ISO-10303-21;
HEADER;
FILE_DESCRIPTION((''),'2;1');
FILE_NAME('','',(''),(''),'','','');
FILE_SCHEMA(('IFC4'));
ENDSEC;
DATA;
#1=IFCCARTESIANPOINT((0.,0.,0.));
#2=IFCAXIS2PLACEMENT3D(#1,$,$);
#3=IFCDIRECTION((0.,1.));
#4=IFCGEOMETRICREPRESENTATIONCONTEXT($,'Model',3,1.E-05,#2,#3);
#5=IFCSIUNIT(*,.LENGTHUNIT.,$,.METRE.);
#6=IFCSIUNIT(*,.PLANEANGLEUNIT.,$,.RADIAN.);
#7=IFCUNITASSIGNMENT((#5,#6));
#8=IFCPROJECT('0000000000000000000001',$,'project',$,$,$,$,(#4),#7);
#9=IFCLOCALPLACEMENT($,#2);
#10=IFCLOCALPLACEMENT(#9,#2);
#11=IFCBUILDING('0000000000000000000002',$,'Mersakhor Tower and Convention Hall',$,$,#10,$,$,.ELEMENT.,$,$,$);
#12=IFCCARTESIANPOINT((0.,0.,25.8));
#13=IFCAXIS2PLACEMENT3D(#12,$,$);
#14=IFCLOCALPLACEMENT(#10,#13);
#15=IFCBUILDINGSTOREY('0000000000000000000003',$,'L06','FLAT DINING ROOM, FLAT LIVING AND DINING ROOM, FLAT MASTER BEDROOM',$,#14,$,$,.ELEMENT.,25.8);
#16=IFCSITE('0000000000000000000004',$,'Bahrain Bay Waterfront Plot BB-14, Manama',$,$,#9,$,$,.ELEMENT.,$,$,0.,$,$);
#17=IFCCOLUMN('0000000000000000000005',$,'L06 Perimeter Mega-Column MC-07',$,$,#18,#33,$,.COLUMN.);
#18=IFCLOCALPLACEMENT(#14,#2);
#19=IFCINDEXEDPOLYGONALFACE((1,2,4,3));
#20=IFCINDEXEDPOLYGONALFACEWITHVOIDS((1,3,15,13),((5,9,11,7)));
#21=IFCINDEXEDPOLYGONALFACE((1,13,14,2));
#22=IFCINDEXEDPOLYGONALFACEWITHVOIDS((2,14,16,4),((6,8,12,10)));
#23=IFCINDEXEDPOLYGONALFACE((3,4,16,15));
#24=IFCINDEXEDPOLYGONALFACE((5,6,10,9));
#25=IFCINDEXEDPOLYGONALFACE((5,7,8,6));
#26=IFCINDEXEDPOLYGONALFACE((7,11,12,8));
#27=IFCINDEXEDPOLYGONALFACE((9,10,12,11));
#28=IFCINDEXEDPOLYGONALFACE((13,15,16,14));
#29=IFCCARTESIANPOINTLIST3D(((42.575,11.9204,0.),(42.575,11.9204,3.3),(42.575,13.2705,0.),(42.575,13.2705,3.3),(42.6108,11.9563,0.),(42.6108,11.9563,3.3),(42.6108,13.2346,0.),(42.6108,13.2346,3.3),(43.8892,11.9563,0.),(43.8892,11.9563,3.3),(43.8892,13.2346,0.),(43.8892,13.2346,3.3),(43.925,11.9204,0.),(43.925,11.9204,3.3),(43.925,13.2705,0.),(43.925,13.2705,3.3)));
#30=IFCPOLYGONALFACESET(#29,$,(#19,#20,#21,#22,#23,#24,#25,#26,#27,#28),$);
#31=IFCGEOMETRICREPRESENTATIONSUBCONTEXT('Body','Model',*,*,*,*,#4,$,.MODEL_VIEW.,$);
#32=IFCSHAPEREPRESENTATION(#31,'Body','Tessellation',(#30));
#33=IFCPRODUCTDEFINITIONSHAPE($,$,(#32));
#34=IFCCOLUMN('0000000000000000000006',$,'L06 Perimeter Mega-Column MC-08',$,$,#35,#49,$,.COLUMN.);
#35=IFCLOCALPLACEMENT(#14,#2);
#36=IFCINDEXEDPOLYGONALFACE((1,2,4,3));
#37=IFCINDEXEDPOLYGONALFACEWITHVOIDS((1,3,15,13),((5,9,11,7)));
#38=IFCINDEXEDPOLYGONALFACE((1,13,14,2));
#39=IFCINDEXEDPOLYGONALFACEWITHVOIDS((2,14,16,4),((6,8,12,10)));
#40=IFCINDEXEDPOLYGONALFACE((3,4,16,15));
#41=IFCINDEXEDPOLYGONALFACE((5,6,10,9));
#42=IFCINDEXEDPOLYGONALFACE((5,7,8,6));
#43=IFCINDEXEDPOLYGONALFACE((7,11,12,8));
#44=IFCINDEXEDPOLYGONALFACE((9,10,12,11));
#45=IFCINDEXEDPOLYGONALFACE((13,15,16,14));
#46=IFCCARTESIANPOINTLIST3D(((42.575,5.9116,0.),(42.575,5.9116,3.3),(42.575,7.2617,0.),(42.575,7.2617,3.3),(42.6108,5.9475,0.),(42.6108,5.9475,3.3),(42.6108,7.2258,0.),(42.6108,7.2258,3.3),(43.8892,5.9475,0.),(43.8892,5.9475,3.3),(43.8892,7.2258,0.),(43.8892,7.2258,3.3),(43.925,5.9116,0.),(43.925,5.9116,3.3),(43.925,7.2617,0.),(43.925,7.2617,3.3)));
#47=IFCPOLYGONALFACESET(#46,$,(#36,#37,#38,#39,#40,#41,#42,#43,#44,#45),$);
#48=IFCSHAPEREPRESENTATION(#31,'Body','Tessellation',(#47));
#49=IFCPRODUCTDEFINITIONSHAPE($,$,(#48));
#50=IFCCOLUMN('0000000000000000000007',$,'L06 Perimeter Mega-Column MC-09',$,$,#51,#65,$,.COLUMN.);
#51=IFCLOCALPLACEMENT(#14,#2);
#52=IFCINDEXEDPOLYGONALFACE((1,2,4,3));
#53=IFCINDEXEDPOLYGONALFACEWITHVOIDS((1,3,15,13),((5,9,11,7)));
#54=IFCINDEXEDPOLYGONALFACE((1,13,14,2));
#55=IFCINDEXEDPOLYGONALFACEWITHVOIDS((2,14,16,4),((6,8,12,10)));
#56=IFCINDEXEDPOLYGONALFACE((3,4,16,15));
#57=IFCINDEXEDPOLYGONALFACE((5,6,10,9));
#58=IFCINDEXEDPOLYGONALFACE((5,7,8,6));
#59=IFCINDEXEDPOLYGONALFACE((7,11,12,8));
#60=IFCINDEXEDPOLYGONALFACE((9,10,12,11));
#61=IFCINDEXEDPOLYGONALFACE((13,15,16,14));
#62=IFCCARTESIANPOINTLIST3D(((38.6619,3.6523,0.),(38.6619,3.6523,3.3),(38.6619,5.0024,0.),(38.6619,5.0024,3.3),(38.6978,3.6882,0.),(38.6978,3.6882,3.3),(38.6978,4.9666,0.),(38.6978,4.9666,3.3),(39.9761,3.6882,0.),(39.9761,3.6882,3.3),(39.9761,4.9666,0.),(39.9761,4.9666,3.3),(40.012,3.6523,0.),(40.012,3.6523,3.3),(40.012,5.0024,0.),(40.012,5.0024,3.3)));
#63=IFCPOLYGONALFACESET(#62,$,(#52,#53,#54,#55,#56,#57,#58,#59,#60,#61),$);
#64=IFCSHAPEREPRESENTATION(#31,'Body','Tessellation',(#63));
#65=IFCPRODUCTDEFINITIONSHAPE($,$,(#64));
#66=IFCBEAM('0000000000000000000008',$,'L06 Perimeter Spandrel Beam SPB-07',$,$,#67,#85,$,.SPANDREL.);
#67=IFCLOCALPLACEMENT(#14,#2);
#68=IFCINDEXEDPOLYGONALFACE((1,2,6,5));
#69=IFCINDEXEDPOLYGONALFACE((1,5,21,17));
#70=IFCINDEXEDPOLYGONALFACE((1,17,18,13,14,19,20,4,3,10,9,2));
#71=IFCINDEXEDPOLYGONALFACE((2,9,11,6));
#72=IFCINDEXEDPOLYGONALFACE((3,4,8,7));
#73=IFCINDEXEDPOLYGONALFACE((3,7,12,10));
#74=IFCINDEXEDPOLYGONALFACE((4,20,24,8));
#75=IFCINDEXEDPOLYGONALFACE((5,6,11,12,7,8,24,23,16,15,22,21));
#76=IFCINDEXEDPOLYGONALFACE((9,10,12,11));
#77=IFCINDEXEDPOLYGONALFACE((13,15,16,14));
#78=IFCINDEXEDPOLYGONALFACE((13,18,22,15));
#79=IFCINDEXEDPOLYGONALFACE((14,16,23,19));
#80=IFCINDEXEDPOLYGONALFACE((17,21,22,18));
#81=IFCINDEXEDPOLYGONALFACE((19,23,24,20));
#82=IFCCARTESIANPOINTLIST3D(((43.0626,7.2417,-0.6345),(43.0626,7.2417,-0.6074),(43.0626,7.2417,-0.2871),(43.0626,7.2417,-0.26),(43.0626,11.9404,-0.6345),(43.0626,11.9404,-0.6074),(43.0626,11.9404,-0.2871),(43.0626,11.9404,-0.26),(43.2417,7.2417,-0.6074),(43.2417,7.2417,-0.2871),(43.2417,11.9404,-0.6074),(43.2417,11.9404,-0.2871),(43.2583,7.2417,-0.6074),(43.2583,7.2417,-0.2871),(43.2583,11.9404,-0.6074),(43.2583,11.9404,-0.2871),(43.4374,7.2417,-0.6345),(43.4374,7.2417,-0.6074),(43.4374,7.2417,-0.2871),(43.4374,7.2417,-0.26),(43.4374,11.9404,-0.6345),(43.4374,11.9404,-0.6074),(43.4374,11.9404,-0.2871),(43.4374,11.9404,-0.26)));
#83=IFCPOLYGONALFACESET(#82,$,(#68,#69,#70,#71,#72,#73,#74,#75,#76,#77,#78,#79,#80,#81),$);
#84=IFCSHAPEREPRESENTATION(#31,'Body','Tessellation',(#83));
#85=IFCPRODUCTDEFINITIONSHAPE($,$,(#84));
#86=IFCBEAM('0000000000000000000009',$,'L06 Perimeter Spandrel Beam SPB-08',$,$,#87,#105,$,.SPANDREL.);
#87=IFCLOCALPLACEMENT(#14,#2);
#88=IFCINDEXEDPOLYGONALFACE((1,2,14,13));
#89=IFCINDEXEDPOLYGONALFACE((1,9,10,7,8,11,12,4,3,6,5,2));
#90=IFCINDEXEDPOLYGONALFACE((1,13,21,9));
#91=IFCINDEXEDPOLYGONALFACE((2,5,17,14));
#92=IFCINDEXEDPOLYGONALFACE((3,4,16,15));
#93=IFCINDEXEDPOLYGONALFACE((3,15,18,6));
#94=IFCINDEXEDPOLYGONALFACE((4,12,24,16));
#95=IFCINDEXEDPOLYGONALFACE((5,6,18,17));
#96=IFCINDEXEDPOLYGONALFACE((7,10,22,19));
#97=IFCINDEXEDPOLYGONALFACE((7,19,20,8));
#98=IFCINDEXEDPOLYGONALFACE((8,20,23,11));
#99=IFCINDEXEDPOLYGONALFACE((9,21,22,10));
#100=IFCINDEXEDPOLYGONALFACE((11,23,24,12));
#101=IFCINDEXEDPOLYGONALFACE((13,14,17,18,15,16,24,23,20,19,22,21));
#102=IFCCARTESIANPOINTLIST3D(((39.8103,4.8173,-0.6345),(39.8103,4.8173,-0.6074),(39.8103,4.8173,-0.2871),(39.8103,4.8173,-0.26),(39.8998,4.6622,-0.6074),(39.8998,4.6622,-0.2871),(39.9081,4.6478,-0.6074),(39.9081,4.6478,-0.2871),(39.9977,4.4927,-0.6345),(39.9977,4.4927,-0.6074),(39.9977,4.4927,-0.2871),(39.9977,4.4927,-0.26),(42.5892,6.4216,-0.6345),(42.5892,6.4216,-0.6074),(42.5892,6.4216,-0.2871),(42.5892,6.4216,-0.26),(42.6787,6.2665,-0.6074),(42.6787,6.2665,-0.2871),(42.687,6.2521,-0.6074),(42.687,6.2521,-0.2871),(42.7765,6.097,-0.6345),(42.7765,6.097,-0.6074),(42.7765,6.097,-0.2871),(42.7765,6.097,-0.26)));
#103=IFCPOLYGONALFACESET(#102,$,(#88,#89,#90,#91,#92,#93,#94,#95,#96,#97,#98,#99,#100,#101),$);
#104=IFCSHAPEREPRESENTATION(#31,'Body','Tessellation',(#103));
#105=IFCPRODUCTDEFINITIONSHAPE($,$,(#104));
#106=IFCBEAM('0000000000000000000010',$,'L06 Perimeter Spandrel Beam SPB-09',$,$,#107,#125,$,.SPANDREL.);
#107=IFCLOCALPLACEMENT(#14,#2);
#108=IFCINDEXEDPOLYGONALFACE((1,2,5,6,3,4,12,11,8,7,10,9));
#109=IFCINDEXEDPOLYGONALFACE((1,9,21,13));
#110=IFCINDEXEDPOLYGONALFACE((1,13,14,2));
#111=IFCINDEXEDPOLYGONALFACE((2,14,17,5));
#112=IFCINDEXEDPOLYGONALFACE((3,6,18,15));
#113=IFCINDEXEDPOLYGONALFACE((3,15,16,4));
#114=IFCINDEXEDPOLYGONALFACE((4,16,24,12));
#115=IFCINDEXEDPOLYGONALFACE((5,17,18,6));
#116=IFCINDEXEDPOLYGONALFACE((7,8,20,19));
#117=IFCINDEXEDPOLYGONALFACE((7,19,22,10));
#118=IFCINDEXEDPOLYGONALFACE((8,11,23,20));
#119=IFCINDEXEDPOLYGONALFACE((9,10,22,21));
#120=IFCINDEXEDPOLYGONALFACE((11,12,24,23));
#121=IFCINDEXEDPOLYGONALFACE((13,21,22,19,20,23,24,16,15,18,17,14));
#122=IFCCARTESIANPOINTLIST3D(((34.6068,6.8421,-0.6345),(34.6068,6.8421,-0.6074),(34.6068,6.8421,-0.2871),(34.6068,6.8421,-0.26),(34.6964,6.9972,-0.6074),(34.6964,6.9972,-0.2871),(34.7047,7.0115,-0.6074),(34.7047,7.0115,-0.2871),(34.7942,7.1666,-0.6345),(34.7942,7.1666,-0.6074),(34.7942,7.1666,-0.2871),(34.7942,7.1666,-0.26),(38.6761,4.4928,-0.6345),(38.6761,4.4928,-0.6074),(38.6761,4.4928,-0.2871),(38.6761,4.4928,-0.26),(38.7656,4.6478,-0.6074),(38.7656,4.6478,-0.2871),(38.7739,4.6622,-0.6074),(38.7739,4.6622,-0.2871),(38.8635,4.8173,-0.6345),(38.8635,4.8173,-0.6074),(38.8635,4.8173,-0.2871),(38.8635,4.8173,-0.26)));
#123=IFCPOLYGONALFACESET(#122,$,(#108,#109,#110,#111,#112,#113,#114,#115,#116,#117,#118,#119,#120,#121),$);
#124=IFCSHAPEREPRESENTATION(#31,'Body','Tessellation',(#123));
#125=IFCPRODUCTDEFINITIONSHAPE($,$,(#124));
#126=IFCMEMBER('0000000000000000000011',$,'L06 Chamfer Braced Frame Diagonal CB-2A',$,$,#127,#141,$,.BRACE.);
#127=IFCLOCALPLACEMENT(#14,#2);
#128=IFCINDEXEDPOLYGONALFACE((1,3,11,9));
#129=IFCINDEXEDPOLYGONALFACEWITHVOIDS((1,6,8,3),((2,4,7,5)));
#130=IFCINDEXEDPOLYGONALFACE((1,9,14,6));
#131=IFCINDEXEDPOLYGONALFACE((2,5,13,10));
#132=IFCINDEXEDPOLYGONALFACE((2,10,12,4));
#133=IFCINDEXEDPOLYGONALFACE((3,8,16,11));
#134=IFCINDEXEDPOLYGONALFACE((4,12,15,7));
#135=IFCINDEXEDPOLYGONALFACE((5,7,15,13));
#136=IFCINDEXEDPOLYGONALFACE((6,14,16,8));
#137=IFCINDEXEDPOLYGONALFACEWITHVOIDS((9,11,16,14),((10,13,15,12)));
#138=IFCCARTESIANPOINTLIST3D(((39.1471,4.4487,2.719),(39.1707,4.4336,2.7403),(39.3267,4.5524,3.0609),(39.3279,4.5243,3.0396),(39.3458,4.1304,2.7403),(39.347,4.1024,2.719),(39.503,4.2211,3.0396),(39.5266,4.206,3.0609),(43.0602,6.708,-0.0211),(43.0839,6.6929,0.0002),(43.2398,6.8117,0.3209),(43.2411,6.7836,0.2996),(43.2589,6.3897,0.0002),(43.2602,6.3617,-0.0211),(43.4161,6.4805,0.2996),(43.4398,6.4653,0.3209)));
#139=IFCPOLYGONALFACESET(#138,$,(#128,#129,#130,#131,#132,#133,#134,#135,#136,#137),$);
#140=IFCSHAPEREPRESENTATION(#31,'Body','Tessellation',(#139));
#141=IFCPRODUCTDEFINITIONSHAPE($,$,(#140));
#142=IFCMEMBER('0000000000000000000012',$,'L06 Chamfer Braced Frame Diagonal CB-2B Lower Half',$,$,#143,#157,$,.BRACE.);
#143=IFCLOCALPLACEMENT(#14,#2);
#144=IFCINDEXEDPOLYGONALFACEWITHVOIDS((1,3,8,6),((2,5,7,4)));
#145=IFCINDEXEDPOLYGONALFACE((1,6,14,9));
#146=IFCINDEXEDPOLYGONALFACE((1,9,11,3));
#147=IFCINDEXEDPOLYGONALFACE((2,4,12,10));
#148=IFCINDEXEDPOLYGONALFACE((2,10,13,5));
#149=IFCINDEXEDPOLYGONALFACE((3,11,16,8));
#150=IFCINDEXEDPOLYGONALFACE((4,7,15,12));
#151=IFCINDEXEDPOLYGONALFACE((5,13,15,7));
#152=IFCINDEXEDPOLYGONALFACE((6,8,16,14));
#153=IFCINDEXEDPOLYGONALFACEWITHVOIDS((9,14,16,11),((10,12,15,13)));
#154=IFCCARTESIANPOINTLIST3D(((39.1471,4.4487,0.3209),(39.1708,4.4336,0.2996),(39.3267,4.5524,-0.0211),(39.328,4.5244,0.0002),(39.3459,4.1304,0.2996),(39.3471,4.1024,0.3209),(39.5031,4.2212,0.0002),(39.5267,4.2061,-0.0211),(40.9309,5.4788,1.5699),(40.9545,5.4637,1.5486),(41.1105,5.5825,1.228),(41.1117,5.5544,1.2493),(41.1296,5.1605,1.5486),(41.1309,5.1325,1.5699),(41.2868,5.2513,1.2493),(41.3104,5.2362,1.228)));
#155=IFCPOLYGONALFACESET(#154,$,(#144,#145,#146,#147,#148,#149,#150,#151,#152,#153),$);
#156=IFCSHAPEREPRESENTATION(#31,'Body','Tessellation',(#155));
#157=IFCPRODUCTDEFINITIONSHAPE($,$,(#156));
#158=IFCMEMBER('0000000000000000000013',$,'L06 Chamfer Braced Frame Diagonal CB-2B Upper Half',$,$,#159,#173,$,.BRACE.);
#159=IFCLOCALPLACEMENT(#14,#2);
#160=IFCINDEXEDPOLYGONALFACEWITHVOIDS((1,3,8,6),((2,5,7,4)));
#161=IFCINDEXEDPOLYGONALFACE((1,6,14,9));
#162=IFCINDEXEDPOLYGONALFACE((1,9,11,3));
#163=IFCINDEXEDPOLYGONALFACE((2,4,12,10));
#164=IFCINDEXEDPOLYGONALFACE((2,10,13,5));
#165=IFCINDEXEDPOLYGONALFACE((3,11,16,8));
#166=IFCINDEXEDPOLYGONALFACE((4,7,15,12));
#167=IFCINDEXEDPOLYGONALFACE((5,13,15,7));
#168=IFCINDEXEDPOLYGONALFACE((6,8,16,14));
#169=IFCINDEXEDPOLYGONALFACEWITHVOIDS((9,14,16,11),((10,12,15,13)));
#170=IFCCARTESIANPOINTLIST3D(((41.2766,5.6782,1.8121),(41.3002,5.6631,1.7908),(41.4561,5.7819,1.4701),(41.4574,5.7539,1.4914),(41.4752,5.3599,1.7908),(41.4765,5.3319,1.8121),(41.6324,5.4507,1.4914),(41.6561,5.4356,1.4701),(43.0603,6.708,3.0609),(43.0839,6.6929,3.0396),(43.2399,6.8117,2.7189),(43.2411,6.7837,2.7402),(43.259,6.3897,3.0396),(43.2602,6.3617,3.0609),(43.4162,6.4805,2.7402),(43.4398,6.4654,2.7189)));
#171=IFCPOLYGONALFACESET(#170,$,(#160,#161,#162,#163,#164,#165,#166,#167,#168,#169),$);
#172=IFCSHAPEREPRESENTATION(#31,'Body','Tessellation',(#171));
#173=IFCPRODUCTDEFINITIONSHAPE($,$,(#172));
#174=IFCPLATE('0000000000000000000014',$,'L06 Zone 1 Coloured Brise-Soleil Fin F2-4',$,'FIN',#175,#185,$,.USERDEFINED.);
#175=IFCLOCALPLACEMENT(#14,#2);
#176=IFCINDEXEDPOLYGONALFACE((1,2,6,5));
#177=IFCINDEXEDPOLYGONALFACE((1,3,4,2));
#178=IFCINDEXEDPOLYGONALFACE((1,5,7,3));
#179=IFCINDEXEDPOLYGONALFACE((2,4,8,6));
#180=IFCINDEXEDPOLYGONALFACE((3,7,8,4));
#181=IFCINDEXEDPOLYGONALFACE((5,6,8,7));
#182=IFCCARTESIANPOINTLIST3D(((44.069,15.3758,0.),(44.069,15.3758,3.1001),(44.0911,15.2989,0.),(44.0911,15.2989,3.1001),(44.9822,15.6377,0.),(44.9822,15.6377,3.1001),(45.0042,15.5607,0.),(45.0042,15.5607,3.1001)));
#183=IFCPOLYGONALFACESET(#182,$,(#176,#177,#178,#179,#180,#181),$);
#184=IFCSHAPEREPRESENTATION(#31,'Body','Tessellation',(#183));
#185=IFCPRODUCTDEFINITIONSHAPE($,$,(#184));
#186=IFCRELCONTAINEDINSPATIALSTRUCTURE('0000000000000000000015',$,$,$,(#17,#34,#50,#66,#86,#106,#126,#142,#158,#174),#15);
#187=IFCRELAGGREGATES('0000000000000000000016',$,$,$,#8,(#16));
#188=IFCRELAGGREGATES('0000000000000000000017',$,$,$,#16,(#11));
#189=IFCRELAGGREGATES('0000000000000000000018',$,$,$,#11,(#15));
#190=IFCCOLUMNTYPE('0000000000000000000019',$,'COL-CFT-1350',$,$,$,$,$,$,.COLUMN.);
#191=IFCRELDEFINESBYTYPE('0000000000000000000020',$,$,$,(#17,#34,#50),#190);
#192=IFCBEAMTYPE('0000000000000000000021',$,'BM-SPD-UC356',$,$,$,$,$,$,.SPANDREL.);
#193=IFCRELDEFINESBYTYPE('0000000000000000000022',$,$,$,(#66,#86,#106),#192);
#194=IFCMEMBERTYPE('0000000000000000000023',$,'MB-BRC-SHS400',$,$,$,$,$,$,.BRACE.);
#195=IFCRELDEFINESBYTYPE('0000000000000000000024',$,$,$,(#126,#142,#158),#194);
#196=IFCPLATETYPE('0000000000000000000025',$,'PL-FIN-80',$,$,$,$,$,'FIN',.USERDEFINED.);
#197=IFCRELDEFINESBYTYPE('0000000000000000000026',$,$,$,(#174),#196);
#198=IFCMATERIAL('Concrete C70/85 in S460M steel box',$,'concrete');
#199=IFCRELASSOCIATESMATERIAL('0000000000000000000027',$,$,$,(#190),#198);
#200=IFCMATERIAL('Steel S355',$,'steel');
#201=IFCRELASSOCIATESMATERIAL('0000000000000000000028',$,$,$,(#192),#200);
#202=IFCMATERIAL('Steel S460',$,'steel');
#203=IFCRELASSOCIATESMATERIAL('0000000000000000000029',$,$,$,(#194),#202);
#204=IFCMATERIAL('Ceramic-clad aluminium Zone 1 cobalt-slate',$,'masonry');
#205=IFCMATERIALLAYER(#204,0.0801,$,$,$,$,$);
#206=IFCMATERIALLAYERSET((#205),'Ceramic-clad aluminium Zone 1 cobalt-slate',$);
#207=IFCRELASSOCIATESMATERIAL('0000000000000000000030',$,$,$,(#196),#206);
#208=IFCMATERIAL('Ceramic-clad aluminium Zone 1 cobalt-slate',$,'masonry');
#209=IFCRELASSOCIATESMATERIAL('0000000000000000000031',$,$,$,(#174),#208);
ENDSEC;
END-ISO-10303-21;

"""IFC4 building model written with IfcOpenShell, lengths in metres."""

from ifc_helpers import new_model, si_unit, direction, frame, origin, origin_2d, place, context, subcontext, project, spatial, rectangle, hollow_rectangle, i_section, extrude, material, layer, layer_set, material_profile, profile_set, type_object, element, save


model = new_model("IFC4")

# Units and contexts
model_context = context("Model", 3, precision=1e-05, world=origin(), true_north=direction((0.0, 1.0)))
body_context = subcontext(model_context, "Body", "Model", "MODEL_VIEW")
ifc_project = project(units=[si_unit("LENGTHUNIT", "METRE"), si_unit("PLANEANGLEUNIT", "RADIAN")], contexts=[model_context])

# Site, building, storey
site_placement = place(None, origin())
site = spatial("IfcSite", under=ifc_project, at=site_placement, Name="Bahrain Bay Waterfront Plot BB-14, Manama", CompositionType="ELEMENT", RefElevation=0.0)
building_placement = place(site_placement, origin())
building = spatial("IfcBuilding", under=site, at=building_placement, Name="Mersakhor Tower and Convention Hall", CompositionType="ELEMENT")
storey_placement = place(building_placement, frame((0.0, 0.0, 25.8)))
storey = spatial("IfcBuildingStorey", under=building, at=storey_placement, Name="L06", Description="FLAT DINING ROOM, FLAT LIVING AND DINING ROOM, FLAT MASTER BEDROOM", CompositionType="ELEMENT", Elevation=25.8)

# Columns
ifc_material_1 = material(Name="Concrete C70/85 in S460M steel box", Category="concrete")
ifc_material_profile_1 = material_profile(ifc_material_1, hollow_rectangle(XDim=1.3501, YDim=1.3501, WallThickness=0.0359, at=origin_2d()), Name="SHS 1350x1350x36")
ifc_profile_set_1 = profile_set([ifc_material_profile_1], Name="Concrete C70/85 in S460M steel box")
column_type = type_object("IfcColumnType", Name="COL-CFT-1350", PredefinedType="COLUMN", material=ifc_profile_set_1)
for number, where, z_axis, x_axis, name in (
    (1, (43.25, 12.5955, 0.0), (0.0, 0.0, 1.0), (1.0, 0.0, 0.0), "L06 Perimeter Mega-Column MC-07"),
    (2, (43.25, 6.5867, 0.0), (0.0, 0.0, 1.0), (1.0, 0.0, 0.0), "L06 Perimeter Mega-Column MC-08"),
    (3, (39.3369, 4.3274, 0.0), (0.0, 0.0, 1.0), (1.0, 0.0, 0.0), "L06 Perimeter Mega-Column MC-09"),
):
    element("IfcColumn", number, at=place(storey_placement, frame(where, z_axis=z_axis, x_axis=x_axis)), inside=storey, type_object=column_type, Name=name, PredefinedType="COLUMN", context=body_context, shape_type="SweptSolid", body=[
        extrude(hollow_rectangle(XDim=1.3501, YDim=1.3501, WallThickness=0.0359, at=origin_2d()), origin(), (0.0, 0.0, 1.0), 3.3),
    ])

# Beams
ifc_material_2 = material(Name="Steel S355", Category="steel")
ifc_material_profile_2 = material_profile(ifc_material_2, i_section(OverallWidth=0.3748, OverallDepth=0.3745, WebThickness=0.0166, FlangeThickness=0.0271, at=origin_2d()), Name="UC 356x368x202")
ifc_profile_set_2 = profile_set([ifc_material_profile_2], Name="Steel S355")
beam_type = type_object("IfcBeamType", Name="BM-SPD-UC356", PredefinedType="SPANDREL", material=ifc_profile_set_2)
beam_1_placement = place(storey_placement, frame((43.25, 11.9404, -0.4473), z_axis=(0.0, -1.0, 0.0), x_axis=(1.0, 0.0, 0.0)))
element("IfcBeam", 4, at=beam_1_placement, inside=storey, type_object=beam_type, Name="L06 Perimeter Spandrel Beam SPB-07", PredefinedType="SPANDREL", context=body_context, shape_type="SweptSolid", body=[
    extrude(i_section(OverallWidth=0.3748, OverallDepth=0.3745, WebThickness=0.0166, FlangeThickness=0.0271, at=origin_2d()), origin(), (0.0, 0.0, 1.0), 4.6987),
])
beam_2_placement = place(storey_placement, frame((42.6829, 6.2593, -0.4473), z_axis=(-0.866039, -0.499977, 0.0), x_axis=(0.499977, -0.866039, 0.0)))
element("IfcBeam", 5, at=beam_2_placement, inside=storey, type_object=beam_type, Name="L06 Perimeter Spandrel Beam SPB-08", PredefinedType="SPANDREL", context=body_context, shape_type="SweptSolid", body=[
    extrude(i_section(OverallWidth=0.3748, OverallDepth=0.3745, WebThickness=0.0166, FlangeThickness=0.0271, at=origin_2d()), origin(), (0.0, 0.0, 1.0), 3.2087),
])
beam_3_placement = place(storey_placement, frame((38.7698, 4.655, -0.4473), z_axis=(-0.866032, 0.499989, 0.0), x_axis=(-0.499989, -0.866032, 0.0)))
element("IfcBeam", 6, at=beam_3_placement, inside=storey, type_object=beam_type, Name="L06 Perimeter Spandrel Beam SPB-09", PredefinedType="SPANDREL", context=body_context, shape_type="SweptSolid", body=[
    extrude(i_section(OverallWidth=0.3748, OverallDepth=0.3745, WebThickness=0.0166, FlangeThickness=0.0271, at=origin_2d()), origin(), (0.0, 0.0, 1.0), 4.6987),
])

# Members
ifc_material_3 = material(Name="Steel S460", Category="steel")
ifc_material_profile_3 = material_profile(ifc_material_3, hollow_rectangle(XDim=0.3999, YDim=0.3999, WallThickness=0.0249, at=origin_2d()), Name="SHS 400x400x25")
ifc_profile_set_3 = profile_set([ifc_material_profile_3], Name="Steel S460")
member_type = type_object("IfcMemberType", Name="MB-BRC-SHS400", PredefinedType="BRACE", material=ifc_profile_set_3)
member_1_placement = place(storey_placement, frame((43.25, 6.5867, 0.1499), z_axis=(-0.740508, -0.427543, 0.518513), x_axis=(0.500009, -0.86602, 0.0)))
element("IfcMember", 7, at=member_1_placement, inside=storey, type_object=member_type, Name="L06 Chamfer Braced Frame Diagonal CB-2A", PredefinedType="BRACE", context=body_context, shape_type="SweptSolid", body=[
    extrude(hollow_rectangle(XDim=0.3999, YDim=0.3999, WallThickness=0.0249, at=origin_2d()), origin(), (0.0, 0.0, 1.0), 5.2844),
])
member_2_placement = place(storey_placement, frame((39.3369, 4.3274, 0.1499), z_axis=(0.740473, 0.427601, 0.518514), x_axis=(-0.500078, 0.86598, 0.0)))
element("IfcMember", 8, at=member_2_placement, inside=storey, type_object=member_type, Name="L06 Chamfer Braced Frame Diagonal CB-2B Lower Half", PredefinedType="BRACE", context=body_context, shape_type="SweptSolid", body=[
    extrude(hollow_rectangle(XDim=0.3999, YDim=0.3999, WallThickness=0.0249, at=origin_2d()), origin(), (0.0, 0.0, 1.0), 2.4089),
])
member_3_placement = place(storey_placement, frame((41.4663, 5.5569, 1.6411), z_axis=(0.740544, 0.427541, 0.518462), x_axis=(-0.499989, 0.866032, 0.0)))
element("IfcMember", 9, at=member_3_placement, inside=storey, type_object=member_type, Name="L06 Chamfer Braced Frame Diagonal CB-2B Upper Half", PredefinedType="BRACE", context=body_context, shape_type="SweptSolid", body=[
    extrude(hollow_rectangle(XDim=0.3999, YDim=0.3999, WallThickness=0.0249, at=origin_2d()), origin(), (0.0, 0.0, 1.0), 2.4087),
])

# Plate
ifc_material_4 = material(Name="Ceramic-clad aluminium Zone 1 cobalt-slate", Category="masonry")
ifc_material_5 = material(Name="Ceramic-clad aluminium Zone 1 cobalt-slate", Category="masonry")
ifc_layer_1 = layer(ifc_material_5, 0.0801)
ifc_layer_set_1 = layer_set([ifc_layer_1], Name="Ceramic-clad aluminium Zone 1 cobalt-slate")
plate_type_1 = type_object("IfcPlateType", Name="PL-FIN-80", ElementType="FIN", PredefinedType="USERDEFINED", material=ifc_layer_set_1)
plate_1_placement = place(storey_placement, frame((44.5366, 15.4683, 0.0), z_axis=(0.0, 0.0, 1.0), x_axis=(0.961262, 0.275637, 0.0)))
element("IfcPlate", 10, at=plate_1_placement, inside=storey, type_object=plate_type_1, material=ifc_material_4, Name="L06 Zone 1 Coloured Brise-Soleil Fin F2-4", ObjectType="FIN", PredefinedType="USERDEFINED", context=body_context, shape_type="SweptSolid", body=[
    extrude(rectangle(XDim=0.95, YDim=0.0801, at=origin_2d()), origin(), (0.0, 0.0, 1.0), 3.1001),
])

save(model, "model.ifc")
